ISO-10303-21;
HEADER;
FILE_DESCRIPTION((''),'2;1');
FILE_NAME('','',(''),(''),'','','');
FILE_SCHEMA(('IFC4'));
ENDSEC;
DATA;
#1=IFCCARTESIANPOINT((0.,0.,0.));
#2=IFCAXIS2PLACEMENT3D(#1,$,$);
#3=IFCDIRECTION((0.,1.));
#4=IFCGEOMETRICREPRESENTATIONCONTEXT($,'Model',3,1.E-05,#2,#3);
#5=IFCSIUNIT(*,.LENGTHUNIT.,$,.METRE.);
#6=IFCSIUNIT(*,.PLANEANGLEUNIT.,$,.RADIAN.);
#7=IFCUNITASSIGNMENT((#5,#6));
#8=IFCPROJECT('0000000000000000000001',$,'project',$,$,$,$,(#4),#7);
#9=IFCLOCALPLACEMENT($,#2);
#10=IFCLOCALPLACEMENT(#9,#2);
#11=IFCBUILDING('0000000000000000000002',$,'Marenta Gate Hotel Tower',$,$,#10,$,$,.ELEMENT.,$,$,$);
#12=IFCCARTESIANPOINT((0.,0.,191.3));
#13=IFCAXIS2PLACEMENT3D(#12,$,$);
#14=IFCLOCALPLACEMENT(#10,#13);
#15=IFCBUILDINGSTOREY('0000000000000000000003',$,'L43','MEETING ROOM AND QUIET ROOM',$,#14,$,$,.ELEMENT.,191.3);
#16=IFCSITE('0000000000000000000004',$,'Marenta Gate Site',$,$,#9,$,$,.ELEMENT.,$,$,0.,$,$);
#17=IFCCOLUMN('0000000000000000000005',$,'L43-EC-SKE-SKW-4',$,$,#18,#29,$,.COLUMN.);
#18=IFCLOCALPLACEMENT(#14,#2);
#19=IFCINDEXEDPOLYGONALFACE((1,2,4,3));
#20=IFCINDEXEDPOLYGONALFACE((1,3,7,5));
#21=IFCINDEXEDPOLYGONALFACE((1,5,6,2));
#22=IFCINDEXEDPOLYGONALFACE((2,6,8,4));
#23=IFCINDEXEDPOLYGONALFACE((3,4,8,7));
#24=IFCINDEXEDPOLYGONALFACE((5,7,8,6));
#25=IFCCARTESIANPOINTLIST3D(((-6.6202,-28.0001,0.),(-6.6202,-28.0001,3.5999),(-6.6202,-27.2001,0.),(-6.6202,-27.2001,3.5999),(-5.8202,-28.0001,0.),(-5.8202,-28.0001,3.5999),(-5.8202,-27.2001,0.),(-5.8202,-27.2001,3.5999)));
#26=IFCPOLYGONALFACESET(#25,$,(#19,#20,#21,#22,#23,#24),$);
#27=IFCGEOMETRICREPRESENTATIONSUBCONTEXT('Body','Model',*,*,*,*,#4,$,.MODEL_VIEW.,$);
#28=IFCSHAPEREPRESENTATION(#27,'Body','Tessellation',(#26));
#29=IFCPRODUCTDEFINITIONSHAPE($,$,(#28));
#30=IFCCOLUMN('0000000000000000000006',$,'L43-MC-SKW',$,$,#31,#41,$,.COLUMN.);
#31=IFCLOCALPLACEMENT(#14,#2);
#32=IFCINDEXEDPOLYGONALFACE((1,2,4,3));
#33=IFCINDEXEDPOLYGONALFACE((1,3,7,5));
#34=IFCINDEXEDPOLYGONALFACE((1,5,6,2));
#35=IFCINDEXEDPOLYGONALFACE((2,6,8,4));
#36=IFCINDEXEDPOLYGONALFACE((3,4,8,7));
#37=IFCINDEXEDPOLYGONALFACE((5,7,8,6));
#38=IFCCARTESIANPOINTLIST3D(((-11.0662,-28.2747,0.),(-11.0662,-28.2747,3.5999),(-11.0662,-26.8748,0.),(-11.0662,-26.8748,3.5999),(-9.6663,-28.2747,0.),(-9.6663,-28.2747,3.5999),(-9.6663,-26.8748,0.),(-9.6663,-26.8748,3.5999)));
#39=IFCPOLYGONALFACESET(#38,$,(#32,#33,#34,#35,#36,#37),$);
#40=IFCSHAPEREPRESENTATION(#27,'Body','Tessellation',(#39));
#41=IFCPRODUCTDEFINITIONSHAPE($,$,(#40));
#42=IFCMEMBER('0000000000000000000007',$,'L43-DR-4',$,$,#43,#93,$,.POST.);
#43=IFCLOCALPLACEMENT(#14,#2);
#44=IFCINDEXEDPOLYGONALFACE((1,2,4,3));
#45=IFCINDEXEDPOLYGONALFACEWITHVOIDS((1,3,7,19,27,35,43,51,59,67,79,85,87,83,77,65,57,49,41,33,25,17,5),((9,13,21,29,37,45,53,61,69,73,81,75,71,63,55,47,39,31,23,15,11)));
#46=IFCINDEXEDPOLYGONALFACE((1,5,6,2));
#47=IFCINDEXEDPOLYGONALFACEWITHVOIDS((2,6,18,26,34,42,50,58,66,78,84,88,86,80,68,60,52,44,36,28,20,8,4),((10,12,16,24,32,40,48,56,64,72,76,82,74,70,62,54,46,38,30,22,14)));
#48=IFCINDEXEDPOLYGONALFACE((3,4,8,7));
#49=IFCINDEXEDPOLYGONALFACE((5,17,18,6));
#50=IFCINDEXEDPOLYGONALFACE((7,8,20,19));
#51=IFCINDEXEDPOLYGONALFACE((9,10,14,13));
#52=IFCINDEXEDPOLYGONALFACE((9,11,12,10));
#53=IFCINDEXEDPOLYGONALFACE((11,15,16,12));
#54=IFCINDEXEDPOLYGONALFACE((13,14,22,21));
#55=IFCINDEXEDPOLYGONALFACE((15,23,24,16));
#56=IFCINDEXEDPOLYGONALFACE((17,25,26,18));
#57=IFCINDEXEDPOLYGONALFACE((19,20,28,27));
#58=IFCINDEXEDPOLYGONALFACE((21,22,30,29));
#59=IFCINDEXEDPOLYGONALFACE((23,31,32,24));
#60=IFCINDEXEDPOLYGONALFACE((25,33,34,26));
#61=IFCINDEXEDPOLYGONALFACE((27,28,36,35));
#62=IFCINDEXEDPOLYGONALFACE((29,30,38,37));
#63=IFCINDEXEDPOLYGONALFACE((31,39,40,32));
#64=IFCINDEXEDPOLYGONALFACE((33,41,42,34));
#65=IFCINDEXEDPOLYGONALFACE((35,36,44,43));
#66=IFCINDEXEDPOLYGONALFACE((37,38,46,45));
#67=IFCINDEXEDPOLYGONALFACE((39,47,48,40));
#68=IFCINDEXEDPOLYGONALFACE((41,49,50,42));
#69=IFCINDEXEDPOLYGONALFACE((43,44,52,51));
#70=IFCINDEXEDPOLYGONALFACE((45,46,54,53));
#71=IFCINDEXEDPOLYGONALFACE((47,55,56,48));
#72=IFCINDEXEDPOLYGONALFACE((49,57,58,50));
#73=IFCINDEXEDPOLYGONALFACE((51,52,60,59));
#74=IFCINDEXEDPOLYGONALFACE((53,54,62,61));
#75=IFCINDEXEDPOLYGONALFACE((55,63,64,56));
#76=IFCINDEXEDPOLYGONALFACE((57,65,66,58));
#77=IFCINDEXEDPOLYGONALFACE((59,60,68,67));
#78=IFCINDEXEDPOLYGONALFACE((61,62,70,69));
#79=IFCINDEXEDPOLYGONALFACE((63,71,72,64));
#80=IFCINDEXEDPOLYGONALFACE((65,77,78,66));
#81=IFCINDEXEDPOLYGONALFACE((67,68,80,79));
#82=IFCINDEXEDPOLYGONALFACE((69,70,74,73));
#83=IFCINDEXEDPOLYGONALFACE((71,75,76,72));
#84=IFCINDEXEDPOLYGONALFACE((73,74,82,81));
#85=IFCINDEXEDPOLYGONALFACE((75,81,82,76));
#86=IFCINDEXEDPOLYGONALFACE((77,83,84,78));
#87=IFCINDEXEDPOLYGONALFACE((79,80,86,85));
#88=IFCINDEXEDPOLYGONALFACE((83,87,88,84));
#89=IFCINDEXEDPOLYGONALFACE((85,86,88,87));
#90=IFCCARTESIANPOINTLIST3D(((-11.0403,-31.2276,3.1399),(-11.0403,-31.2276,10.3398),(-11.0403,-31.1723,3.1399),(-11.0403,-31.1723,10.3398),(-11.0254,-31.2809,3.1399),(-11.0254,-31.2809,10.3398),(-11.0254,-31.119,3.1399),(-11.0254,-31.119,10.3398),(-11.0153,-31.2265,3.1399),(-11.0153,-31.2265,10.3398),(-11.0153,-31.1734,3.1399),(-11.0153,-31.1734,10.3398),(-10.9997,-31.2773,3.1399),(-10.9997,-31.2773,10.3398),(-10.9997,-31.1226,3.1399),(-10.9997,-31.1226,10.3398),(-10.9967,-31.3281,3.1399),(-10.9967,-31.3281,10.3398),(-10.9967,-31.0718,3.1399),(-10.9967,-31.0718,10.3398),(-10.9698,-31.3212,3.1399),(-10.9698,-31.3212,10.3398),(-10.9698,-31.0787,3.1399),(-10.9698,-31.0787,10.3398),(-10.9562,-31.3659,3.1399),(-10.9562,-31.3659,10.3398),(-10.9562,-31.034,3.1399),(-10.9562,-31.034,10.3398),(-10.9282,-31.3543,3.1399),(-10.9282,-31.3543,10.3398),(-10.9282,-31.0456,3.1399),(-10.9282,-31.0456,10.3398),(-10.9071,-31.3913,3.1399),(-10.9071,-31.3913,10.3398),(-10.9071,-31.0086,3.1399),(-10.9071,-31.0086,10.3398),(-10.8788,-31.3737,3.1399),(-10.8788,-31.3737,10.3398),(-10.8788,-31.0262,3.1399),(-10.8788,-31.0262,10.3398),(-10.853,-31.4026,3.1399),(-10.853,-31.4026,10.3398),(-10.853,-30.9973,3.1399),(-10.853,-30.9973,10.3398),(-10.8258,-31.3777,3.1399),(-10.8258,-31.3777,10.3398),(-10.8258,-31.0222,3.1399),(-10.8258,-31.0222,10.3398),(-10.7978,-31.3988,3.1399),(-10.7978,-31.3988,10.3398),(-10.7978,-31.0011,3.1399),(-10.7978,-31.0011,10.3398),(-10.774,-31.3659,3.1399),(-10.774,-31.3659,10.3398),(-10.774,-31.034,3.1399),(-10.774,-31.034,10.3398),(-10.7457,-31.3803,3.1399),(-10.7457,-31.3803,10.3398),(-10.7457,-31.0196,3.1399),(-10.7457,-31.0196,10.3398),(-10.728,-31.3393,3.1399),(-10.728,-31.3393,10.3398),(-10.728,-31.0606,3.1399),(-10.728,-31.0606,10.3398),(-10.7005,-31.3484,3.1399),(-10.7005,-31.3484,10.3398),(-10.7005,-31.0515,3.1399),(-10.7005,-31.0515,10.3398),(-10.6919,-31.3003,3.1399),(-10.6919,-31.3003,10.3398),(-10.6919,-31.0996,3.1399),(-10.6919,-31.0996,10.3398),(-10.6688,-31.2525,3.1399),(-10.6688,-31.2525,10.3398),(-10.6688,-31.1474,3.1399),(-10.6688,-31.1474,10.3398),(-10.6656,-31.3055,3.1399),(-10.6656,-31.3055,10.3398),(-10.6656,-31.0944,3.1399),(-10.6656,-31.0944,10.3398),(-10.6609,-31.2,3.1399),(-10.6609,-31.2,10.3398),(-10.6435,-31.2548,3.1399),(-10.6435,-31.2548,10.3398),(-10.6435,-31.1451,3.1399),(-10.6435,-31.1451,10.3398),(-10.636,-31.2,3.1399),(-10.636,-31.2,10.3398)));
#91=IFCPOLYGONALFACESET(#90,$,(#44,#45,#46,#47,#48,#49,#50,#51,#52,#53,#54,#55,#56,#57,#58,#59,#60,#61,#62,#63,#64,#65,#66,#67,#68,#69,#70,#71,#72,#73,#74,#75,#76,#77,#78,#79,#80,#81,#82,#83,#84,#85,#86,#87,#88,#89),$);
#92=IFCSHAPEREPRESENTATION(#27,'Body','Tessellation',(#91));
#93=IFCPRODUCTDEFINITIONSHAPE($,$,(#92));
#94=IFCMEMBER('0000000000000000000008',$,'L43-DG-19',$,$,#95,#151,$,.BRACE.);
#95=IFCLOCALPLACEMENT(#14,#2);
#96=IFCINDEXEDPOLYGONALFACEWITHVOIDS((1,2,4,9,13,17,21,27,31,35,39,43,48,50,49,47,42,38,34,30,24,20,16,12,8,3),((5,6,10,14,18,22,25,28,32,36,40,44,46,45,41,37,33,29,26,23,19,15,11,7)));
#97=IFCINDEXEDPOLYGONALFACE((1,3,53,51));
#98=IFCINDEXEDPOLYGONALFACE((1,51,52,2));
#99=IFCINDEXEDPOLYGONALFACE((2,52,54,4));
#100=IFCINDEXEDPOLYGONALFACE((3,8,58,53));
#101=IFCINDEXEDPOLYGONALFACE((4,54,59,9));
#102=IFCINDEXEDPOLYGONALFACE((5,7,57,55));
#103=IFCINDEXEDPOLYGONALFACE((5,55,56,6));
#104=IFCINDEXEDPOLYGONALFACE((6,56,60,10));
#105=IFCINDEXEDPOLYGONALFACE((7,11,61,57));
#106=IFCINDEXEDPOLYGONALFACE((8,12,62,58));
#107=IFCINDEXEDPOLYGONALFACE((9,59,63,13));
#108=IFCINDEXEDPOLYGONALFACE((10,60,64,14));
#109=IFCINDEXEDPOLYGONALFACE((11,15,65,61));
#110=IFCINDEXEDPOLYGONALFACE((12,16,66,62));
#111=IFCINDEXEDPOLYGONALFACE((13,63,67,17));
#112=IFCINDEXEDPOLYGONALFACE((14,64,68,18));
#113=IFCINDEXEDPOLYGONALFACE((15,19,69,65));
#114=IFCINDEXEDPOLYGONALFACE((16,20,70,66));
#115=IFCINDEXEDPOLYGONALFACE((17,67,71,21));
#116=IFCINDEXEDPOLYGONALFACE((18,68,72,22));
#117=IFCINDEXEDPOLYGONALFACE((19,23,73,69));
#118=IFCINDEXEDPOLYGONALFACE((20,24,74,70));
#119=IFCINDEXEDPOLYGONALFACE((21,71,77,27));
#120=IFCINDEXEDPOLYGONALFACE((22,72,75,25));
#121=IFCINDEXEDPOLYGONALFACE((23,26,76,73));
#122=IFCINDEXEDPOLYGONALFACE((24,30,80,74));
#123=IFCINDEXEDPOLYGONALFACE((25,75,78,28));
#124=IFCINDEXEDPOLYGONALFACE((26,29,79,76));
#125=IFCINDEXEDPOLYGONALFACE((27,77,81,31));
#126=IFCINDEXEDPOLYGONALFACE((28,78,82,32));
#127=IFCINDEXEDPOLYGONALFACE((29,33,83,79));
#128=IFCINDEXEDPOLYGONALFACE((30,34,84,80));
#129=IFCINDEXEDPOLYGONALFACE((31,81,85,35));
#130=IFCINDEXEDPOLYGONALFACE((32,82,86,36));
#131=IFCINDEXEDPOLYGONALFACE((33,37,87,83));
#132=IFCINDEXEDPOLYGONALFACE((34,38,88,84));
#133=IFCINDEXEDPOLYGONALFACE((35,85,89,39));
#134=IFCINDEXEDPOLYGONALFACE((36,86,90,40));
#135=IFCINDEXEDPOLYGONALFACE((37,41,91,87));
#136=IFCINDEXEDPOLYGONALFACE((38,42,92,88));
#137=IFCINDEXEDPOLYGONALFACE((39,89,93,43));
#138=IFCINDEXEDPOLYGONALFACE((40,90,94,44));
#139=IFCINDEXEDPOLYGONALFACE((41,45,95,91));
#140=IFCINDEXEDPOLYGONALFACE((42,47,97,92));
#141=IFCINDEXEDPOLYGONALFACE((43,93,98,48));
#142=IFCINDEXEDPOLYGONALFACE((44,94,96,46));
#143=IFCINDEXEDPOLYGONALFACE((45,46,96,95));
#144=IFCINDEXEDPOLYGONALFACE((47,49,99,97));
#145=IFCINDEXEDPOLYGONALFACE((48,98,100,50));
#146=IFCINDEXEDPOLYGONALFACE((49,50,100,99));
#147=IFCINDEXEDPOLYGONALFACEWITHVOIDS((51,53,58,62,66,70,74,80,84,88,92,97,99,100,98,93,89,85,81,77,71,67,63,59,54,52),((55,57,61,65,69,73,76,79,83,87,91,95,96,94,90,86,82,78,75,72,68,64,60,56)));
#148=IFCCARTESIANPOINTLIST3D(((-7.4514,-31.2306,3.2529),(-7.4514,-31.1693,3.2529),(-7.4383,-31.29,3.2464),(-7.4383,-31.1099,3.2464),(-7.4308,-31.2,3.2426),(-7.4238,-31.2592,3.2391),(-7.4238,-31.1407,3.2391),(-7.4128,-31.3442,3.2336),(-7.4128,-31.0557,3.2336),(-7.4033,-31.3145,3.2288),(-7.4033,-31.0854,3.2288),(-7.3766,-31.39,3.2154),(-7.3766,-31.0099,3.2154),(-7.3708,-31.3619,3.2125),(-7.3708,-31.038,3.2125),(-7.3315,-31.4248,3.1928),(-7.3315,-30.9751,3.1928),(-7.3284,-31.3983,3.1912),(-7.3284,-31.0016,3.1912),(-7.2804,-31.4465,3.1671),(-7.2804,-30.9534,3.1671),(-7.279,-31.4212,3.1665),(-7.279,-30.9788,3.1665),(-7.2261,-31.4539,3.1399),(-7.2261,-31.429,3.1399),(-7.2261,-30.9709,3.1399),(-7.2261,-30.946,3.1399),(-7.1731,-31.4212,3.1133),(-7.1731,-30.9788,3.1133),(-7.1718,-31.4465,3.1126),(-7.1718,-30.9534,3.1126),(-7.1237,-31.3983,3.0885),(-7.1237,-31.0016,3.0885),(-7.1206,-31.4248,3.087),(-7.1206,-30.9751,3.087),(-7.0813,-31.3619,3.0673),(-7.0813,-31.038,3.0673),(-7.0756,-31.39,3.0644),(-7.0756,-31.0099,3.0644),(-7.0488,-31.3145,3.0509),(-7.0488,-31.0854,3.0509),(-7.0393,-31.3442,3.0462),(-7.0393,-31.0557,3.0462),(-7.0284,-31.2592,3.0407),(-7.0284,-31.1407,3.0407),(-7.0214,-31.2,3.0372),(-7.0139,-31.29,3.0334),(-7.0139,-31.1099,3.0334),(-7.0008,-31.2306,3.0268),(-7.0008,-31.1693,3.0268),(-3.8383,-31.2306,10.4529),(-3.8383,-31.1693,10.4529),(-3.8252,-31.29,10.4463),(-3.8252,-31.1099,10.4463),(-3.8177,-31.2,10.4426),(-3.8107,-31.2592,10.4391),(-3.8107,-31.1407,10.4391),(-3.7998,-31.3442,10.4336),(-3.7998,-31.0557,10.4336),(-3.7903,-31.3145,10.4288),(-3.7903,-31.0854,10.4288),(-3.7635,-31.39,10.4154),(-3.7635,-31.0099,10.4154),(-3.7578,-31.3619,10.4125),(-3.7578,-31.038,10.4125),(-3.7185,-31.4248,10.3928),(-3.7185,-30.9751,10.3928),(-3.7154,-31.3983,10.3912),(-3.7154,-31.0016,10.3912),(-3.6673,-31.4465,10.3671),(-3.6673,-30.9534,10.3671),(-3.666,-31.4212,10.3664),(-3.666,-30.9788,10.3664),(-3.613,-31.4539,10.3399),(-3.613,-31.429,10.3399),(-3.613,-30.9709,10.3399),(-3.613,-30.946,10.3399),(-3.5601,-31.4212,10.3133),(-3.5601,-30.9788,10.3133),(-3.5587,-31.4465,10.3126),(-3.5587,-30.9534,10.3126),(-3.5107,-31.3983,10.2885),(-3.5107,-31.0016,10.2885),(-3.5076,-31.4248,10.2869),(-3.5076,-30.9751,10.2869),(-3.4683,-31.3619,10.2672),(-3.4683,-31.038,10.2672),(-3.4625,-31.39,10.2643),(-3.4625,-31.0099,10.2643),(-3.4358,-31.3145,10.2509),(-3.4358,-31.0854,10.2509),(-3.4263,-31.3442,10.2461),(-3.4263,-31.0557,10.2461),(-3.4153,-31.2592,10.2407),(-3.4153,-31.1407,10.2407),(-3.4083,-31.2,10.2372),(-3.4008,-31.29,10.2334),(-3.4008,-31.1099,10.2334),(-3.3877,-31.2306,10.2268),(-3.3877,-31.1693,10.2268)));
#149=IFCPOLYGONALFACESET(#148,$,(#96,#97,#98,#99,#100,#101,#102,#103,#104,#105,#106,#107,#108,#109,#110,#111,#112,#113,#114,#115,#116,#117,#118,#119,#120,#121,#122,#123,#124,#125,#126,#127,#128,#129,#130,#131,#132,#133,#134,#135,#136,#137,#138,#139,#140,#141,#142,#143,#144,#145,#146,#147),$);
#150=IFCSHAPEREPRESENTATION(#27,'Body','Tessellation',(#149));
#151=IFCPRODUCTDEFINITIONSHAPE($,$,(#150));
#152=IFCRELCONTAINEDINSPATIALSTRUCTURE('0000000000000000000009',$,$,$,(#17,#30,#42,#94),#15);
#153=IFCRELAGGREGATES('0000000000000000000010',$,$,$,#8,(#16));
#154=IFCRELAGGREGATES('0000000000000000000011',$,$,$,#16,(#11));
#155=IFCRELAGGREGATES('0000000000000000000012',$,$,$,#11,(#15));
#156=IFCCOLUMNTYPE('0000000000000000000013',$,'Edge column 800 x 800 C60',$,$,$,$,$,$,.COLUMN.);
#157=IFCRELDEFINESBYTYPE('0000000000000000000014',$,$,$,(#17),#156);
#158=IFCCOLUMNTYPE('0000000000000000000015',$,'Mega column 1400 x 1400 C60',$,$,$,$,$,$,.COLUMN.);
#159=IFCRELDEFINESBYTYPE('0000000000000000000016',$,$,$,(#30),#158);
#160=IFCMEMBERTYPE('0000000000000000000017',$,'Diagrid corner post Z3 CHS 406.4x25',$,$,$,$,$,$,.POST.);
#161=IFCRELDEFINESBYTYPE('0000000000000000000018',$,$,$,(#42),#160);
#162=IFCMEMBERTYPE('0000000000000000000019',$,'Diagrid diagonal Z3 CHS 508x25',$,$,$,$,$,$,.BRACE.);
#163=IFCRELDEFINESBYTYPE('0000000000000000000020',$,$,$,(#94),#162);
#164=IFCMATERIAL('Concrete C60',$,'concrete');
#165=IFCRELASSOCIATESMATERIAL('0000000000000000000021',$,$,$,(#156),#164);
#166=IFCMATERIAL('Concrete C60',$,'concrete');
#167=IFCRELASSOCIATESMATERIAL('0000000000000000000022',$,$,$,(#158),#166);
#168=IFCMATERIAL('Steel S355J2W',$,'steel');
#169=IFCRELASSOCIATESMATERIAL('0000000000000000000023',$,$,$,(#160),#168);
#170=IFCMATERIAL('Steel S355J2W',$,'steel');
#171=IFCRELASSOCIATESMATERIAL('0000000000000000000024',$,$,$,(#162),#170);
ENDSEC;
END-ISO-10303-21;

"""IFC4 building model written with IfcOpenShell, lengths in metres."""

from ifc_helpers import new_model, si_unit, direction, frame, origin, origin_2d, place, context, subcontext, project, spatial, rectangle, hollow_circle, extrude, material, material_profile, profile_set, type_object, element, save


model = new_model("IFC4")

# Units and contexts
model_context = context("Model", 3, precision=1e-05, world=origin(), true_north=direction((0.0, 1.0)))
body_context = subcontext(model_context, "Body", "Model", "MODEL_VIEW")
ifc_project = project(units=[si_unit("LENGTHUNIT", "METRE"), si_unit("PLANEANGLEUNIT", "RADIAN")], contexts=[model_context])

# Site, building, storey
site_placement = place(None, origin())
site = spatial("IfcSite", under=ifc_project, at=site_placement, Name="Marenta Gate Site", CompositionType="ELEMENT", RefElevation=0.0)
building_placement = place(site_placement, origin())
building = spatial("IfcBuilding", under=site, at=building_placement, Name="Marenta Gate Hotel Tower", CompositionType="ELEMENT")
storey_placement = place(building_placement, frame((0.0, 0.0, 191.3)))
storey = spatial("IfcBuildingStorey", under=building, at=storey_placement, Name="L43", Description="MEETING ROOM AND QUIET ROOM", CompositionType="ELEMENT", Elevation=191.3)

# Columns
ifc_material_1 = material(Name="Concrete C60", Category="concrete")
ifc_material_profile_1 = material_profile(ifc_material_1, rectangle(XDim=0.8, YDim=0.8, at=origin_2d()), Name="800 x 800")
ifc_profile_set_1 = profile_set([ifc_material_profile_1], Name="Concrete C60")
column_type_1 = type_object("IfcColumnType", Name="Edge column 800 x 800 C60", PredefinedType="COLUMN", material=ifc_profile_set_1)
column_1_placement = place(storey_placement, frame((-6.2202, -27.6001, 0.0), z_axis=(0.0, 0.0, 1.0), x_axis=(1.0, 0.0, 0.0)))
element("IfcColumn", 1, at=column_1_placement, inside=storey, type_object=column_type_1, Name="L43-EC-SKE-SKW-4", PredefinedType="COLUMN", context=body_context, shape_type="SweptSolid", body=[
    extrude(rectangle(XDim=0.8, YDim=0.8, at=origin_2d()), origin(), (0.0, 0.0, 1.0), 3.5999),
])
ifc_material_2 = material(Name="Concrete C60", Category="concrete")
ifc_material_profile_2 = material_profile(ifc_material_2, rectangle(XDim=1.3999, YDim=1.3999, at=origin_2d()), Name="1400 x 1400")
ifc_profile_set_2 = profile_set([ifc_material_profile_2], Name="Concrete C60")
column_type_2 = type_object("IfcColumnType", Name="Mega column 1400 x 1400 C60", PredefinedType="COLUMN", material=ifc_profile_set_2)
column_2_placement = place(storey_placement, frame((-10.3662, -27.5747, 0.0), z_axis=(0.0, 0.0, 1.0), x_axis=(1.0, 0.0, 0.0)))
element("IfcColumn", 2, at=column_2_placement, inside=storey, type_object=column_type_2, Name="L43-MC-SKW", PredefinedType="COLUMN", context=body_context, shape_type="SweptSolid", body=[
    extrude(rectangle(XDim=1.3999, YDim=1.3999, at=origin_2d()), origin(), (0.0, 0.0, 1.0), 3.5999),
])

# Members
ifc_material_3 = material(Name="Steel S355J2W", Category="steel")
ifc_material_profile_3 = material_profile(ifc_material_3, hollow_circle(Radius=0.2031, WallThickness=0.0249, at=origin_2d()), Name="CHS 406.4x25")
ifc_profile_set_3 = profile_set([ifc_material_profile_3], Name="Steel S355J2W")
member_type_1 = type_object("IfcMemberType", Name="Diagrid corner post Z3 CHS 406.4x25", PredefinedType="POST", material=ifc_profile_set_3)
member_1_placement = place(storey_placement, frame((-10.8391, -31.2, 3.1399), z_axis=(0.0, 0.0, 1.0), x_axis=(1.0, 0.0, 0.0)))
element("IfcMember", 3, at=member_1_placement, inside=storey, type_object=member_type_1, Name="L43-DR-4", PredefinedType="POST", context=body_context, shape_type="SweptSolid", body=[
    extrude(hollow_circle(Radius=0.2031, WallThickness=0.0249, at=origin_2d()), origin(), (0.0, 0.0, 1.0), 7.2),
])
ifc_material_4 = material(Name="Steel S355J2W", Category="steel")
ifc_material_profile_4 = material_profile(ifc_material_4, hollow_circle(Radius=0.2539, WallThickness=0.0249, at=origin_2d()), Name="CHS 508x25")
ifc_profile_set_4 = profile_set([ifc_material_profile_4], Name="Steel S355J2W")
member_type_2 = type_object("IfcMemberType", Name="Diagrid diagonal Z3 CHS 508x25", PredefinedType="BRACE", material=ifc_profile_set_4)
for number, where, z_axis, x_axis, name in (
    (4, (-7.2261, -31.2, 3.1399), (0.44851, 0.0, 0.893778), (0.0, 1.0, 0.0), "L43-DG-19"),
):
    element("IfcMember", number, at=place(storey_placement, frame(where, z_axis=z_axis, x_axis=x_axis)), inside=storey, type_object=member_type_2, Name=name, PredefinedType="BRACE", context=body_context, shape_type="SweptSolid", body=[
        extrude(hollow_circle(Radius=0.2539, WallThickness=0.0249, at=origin_2d()), origin(), (0.0, 0.0, 1.0), 8.0557),
    ])

save(model, "model.ifc")
